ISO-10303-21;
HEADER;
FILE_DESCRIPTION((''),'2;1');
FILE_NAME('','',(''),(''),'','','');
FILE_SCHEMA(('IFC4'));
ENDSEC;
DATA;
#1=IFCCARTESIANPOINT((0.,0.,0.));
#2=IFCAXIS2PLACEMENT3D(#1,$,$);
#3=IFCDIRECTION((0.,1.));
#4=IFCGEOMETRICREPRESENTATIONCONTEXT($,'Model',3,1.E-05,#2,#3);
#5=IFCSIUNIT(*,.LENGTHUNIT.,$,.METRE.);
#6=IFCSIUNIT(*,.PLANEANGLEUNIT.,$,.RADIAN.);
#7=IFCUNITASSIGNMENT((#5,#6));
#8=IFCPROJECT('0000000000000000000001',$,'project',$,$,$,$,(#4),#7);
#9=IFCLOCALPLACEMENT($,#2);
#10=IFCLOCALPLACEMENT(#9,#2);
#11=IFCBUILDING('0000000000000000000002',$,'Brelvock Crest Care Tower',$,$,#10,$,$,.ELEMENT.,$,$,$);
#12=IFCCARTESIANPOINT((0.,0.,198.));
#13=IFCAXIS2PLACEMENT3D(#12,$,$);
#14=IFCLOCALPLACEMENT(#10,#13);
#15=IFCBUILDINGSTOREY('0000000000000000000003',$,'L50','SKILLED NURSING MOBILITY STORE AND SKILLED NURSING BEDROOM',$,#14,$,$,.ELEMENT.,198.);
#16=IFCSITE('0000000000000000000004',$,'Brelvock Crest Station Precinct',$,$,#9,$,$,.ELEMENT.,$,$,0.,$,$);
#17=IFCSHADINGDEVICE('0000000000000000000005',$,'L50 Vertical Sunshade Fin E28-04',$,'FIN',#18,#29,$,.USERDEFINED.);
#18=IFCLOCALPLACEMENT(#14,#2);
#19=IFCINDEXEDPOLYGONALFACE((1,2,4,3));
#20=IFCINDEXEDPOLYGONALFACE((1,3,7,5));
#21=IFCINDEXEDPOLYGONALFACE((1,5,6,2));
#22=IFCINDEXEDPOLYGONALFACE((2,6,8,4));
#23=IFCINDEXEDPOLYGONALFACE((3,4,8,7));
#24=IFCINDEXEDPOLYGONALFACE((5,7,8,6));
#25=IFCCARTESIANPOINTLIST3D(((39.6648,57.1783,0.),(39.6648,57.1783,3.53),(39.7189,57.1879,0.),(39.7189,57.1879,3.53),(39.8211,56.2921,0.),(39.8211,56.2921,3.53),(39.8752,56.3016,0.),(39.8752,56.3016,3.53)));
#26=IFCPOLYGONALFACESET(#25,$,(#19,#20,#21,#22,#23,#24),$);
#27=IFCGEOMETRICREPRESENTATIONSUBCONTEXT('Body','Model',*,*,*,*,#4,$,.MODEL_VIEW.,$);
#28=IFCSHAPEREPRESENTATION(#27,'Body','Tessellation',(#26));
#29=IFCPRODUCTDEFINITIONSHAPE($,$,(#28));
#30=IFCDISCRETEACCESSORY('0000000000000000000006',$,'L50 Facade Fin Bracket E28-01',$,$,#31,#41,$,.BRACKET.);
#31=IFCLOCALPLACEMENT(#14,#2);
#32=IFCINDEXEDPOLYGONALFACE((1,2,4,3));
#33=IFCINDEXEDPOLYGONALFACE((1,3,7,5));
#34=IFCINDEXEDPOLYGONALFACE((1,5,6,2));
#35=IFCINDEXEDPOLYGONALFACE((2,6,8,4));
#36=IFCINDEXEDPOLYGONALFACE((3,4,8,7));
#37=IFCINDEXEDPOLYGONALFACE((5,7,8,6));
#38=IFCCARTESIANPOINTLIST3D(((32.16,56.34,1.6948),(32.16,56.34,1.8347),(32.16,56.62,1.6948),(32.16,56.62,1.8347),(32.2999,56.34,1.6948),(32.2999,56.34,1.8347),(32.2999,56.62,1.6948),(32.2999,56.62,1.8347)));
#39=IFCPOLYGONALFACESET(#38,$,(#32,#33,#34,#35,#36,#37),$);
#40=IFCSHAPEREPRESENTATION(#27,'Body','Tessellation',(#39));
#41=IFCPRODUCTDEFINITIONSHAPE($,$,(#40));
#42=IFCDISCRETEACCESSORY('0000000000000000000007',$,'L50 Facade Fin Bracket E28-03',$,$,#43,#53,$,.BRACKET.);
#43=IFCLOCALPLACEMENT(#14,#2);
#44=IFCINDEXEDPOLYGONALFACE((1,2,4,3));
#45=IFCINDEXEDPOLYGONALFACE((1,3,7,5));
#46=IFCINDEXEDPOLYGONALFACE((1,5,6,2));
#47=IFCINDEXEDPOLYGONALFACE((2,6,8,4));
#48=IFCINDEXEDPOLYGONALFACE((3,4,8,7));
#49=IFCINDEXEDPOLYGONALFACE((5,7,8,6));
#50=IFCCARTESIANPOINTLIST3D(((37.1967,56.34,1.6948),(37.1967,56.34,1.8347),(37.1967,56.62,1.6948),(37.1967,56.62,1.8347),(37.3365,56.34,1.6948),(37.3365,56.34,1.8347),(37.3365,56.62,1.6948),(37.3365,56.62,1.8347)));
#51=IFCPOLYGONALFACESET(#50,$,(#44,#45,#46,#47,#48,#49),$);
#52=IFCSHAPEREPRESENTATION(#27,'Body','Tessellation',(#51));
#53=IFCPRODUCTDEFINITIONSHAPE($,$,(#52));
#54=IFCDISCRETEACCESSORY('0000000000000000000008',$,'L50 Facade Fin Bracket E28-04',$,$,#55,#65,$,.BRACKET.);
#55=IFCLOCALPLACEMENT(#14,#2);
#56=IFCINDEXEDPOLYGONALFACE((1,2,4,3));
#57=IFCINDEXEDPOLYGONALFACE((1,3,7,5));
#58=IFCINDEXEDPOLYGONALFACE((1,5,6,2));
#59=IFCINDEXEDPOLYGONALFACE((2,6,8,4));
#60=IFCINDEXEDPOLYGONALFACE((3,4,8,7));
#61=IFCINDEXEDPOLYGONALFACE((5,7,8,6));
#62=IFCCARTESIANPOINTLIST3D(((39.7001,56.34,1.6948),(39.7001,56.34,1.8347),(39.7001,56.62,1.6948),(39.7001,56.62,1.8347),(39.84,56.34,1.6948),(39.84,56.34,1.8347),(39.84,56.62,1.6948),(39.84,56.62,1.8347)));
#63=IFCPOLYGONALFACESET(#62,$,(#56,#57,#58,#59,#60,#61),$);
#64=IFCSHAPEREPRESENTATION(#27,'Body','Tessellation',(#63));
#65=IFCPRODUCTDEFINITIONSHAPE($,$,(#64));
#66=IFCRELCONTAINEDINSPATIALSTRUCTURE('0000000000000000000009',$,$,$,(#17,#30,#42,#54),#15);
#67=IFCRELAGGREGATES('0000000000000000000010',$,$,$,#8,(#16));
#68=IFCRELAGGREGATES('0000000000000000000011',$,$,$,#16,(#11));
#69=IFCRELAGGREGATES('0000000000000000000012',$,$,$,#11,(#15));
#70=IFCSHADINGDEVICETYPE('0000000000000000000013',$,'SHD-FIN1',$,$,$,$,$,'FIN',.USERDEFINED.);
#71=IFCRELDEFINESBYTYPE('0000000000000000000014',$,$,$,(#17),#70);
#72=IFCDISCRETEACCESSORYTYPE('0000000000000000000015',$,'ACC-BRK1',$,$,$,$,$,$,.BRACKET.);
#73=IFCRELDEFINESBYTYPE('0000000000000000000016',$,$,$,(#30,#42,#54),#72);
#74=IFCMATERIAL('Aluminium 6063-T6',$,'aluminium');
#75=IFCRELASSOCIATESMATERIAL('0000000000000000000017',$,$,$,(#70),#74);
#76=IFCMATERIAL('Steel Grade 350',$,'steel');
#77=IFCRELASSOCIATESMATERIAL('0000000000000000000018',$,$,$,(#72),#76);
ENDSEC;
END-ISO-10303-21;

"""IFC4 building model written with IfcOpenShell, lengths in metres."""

from ifc_helpers import new_model, si_unit, direction, frame, origin, origin_2d, place, context, subcontext, project, spatial, rectangle, extrude, source, transform, mapped, material, material_profile, profile_set, type_object, element, save


model = new_model("IFC4")

# Units and contexts
model_context = context("Model", 3, precision=1e-05, world=origin(), true_north=direction((0.0, 1.0)))
body_context = subcontext(model_context, "Body", "Model", "MODEL_VIEW")
ifc_project = project(units=[si_unit("LENGTHUNIT", "METRE"), si_unit("PLANEANGLEUNIT", "RADIAN")], contexts=[model_context])

# Site, building, storey
site_placement = place(None, origin())
site = spatial("IfcSite", under=ifc_project, at=site_placement, Name="Brelvock Crest Station Precinct", CompositionType="ELEMENT", RefElevation=0.0)
building_placement = place(site_placement, origin())
building = spatial("IfcBuilding", under=site, at=building_placement, Name="Brelvock Crest Care Tower", CompositionType="ELEMENT")
storey_placement = place(building_placement, frame((0.0, 0.0, 198.0)))
storey = spatial("IfcBuildingStorey", under=building, at=storey_placement, Name="L50", Description="SKILLED NURSING MOBILITY STORE AND SKILLED NURSING BEDROOM", CompositionType="ELEMENT", Elevation=198.0)

# Shared definitions
ifc_material_1 = material(Name="Steel Grade 350", Category="steel")

# Shared definitions
ifc_material_2 = material(Name="Aluminium 6063-T6", Category="aluminium")

# Shading device
ifc_material_profile_1 = material_profile(ifc_material_2, rectangle(XDim=0.0549, YDim=0.8999, at=origin_2d()), Name="FIN55x900")
ifc_profile_set_1 = profile_set([ifc_material_profile_1], Name="Aluminium 6063-T6")
shading_device_type = type_object("IfcShadingDeviceType", Name="SHD-FIN1", ElementType="FIN", PredefinedType="USERDEFINED", material=ifc_profile_set_1)
shared_shape_1 = source(origin(), body_context, "Body", "SweptSolid", [
    extrude(rectangle(XDim=0.0549, YDim=0.8999, at=origin_2d()), origin(), (0.0, 0.0, 1.0), 3.53),
])
for number, where, z_axis, x_axis, name in (
    (1, (39.77, 56.74, 0.0), (0.0, 0.0, 1.0), (0.984808, 0.173648, 0.0), "L50 Vertical Sunshade Fin E28-04"),
):
    element("IfcShadingDevice", number, at=place(storey_placement, frame(where, z_axis=z_axis, x_axis=x_axis)), inside=storey, type_object=shading_device_type, Name=name, ObjectType="FIN", PredefinedType="USERDEFINED", context=body_context, shape_type="MappedRepresentation", body=[
        mapped(shared_shape_1, transform((0.0, 0.0, 0.0), x_axis=(1.0, 0.0, 0.0), y_axis=(0.0, 1.0, 0.0), z_axis=(0.0, 0.0, 1.0), scale=1.0)),
    ])

# Discrete accessories
discrete_accessory_type = type_object("IfcDiscreteAccessoryType", Name="ACC-BRK1", PredefinedType="BRACKET", material=ifc_material_1)
shared_shape_2 = source(origin(), body_context, "Body", "SweptSolid", [
    extrude(rectangle(XDim=0.28, YDim=0.1399, at=origin_2d()), origin(), (0.0, 0.0, 1.0), 0.1399),
])
for number, where, z_axis, x_axis, name in (
    (2, (32.23, 56.48, 1.6948), (0.0, 0.0, 1.0), (0.0, 1.0, 0.0), "L50 Facade Fin Bracket E28-01"),
    (3, (37.2666, 56.48, 1.6948), (0.0, 0.0, 1.0), (0.0, 1.0, 0.0), "L50 Facade Fin Bracket E28-03"),
    (4, (39.77, 56.48, 1.6948), (0.0, 0.0, 1.0), (0.0, 1.0, 0.0), "L50 Facade Fin Bracket E28-04"),
):
    element("IfcDiscreteAccessory", number, at=place(storey_placement, frame(where, z_axis=z_axis, x_axis=x_axis)), inside=storey, type_object=discrete_accessory_type, Name=name, PredefinedType="BRACKET", context=body_context, shape_type="MappedRepresentation", body=[
        mapped(shared_shape_2, transform((0.0, 0.0, 0.0), x_axis=(1.0, 0.0, 0.0), y_axis=(0.0, 1.0, 0.0), z_axis=(0.0, 0.0, 1.0), scale=1.0)),
    ])

save(model, "model.ifc")
